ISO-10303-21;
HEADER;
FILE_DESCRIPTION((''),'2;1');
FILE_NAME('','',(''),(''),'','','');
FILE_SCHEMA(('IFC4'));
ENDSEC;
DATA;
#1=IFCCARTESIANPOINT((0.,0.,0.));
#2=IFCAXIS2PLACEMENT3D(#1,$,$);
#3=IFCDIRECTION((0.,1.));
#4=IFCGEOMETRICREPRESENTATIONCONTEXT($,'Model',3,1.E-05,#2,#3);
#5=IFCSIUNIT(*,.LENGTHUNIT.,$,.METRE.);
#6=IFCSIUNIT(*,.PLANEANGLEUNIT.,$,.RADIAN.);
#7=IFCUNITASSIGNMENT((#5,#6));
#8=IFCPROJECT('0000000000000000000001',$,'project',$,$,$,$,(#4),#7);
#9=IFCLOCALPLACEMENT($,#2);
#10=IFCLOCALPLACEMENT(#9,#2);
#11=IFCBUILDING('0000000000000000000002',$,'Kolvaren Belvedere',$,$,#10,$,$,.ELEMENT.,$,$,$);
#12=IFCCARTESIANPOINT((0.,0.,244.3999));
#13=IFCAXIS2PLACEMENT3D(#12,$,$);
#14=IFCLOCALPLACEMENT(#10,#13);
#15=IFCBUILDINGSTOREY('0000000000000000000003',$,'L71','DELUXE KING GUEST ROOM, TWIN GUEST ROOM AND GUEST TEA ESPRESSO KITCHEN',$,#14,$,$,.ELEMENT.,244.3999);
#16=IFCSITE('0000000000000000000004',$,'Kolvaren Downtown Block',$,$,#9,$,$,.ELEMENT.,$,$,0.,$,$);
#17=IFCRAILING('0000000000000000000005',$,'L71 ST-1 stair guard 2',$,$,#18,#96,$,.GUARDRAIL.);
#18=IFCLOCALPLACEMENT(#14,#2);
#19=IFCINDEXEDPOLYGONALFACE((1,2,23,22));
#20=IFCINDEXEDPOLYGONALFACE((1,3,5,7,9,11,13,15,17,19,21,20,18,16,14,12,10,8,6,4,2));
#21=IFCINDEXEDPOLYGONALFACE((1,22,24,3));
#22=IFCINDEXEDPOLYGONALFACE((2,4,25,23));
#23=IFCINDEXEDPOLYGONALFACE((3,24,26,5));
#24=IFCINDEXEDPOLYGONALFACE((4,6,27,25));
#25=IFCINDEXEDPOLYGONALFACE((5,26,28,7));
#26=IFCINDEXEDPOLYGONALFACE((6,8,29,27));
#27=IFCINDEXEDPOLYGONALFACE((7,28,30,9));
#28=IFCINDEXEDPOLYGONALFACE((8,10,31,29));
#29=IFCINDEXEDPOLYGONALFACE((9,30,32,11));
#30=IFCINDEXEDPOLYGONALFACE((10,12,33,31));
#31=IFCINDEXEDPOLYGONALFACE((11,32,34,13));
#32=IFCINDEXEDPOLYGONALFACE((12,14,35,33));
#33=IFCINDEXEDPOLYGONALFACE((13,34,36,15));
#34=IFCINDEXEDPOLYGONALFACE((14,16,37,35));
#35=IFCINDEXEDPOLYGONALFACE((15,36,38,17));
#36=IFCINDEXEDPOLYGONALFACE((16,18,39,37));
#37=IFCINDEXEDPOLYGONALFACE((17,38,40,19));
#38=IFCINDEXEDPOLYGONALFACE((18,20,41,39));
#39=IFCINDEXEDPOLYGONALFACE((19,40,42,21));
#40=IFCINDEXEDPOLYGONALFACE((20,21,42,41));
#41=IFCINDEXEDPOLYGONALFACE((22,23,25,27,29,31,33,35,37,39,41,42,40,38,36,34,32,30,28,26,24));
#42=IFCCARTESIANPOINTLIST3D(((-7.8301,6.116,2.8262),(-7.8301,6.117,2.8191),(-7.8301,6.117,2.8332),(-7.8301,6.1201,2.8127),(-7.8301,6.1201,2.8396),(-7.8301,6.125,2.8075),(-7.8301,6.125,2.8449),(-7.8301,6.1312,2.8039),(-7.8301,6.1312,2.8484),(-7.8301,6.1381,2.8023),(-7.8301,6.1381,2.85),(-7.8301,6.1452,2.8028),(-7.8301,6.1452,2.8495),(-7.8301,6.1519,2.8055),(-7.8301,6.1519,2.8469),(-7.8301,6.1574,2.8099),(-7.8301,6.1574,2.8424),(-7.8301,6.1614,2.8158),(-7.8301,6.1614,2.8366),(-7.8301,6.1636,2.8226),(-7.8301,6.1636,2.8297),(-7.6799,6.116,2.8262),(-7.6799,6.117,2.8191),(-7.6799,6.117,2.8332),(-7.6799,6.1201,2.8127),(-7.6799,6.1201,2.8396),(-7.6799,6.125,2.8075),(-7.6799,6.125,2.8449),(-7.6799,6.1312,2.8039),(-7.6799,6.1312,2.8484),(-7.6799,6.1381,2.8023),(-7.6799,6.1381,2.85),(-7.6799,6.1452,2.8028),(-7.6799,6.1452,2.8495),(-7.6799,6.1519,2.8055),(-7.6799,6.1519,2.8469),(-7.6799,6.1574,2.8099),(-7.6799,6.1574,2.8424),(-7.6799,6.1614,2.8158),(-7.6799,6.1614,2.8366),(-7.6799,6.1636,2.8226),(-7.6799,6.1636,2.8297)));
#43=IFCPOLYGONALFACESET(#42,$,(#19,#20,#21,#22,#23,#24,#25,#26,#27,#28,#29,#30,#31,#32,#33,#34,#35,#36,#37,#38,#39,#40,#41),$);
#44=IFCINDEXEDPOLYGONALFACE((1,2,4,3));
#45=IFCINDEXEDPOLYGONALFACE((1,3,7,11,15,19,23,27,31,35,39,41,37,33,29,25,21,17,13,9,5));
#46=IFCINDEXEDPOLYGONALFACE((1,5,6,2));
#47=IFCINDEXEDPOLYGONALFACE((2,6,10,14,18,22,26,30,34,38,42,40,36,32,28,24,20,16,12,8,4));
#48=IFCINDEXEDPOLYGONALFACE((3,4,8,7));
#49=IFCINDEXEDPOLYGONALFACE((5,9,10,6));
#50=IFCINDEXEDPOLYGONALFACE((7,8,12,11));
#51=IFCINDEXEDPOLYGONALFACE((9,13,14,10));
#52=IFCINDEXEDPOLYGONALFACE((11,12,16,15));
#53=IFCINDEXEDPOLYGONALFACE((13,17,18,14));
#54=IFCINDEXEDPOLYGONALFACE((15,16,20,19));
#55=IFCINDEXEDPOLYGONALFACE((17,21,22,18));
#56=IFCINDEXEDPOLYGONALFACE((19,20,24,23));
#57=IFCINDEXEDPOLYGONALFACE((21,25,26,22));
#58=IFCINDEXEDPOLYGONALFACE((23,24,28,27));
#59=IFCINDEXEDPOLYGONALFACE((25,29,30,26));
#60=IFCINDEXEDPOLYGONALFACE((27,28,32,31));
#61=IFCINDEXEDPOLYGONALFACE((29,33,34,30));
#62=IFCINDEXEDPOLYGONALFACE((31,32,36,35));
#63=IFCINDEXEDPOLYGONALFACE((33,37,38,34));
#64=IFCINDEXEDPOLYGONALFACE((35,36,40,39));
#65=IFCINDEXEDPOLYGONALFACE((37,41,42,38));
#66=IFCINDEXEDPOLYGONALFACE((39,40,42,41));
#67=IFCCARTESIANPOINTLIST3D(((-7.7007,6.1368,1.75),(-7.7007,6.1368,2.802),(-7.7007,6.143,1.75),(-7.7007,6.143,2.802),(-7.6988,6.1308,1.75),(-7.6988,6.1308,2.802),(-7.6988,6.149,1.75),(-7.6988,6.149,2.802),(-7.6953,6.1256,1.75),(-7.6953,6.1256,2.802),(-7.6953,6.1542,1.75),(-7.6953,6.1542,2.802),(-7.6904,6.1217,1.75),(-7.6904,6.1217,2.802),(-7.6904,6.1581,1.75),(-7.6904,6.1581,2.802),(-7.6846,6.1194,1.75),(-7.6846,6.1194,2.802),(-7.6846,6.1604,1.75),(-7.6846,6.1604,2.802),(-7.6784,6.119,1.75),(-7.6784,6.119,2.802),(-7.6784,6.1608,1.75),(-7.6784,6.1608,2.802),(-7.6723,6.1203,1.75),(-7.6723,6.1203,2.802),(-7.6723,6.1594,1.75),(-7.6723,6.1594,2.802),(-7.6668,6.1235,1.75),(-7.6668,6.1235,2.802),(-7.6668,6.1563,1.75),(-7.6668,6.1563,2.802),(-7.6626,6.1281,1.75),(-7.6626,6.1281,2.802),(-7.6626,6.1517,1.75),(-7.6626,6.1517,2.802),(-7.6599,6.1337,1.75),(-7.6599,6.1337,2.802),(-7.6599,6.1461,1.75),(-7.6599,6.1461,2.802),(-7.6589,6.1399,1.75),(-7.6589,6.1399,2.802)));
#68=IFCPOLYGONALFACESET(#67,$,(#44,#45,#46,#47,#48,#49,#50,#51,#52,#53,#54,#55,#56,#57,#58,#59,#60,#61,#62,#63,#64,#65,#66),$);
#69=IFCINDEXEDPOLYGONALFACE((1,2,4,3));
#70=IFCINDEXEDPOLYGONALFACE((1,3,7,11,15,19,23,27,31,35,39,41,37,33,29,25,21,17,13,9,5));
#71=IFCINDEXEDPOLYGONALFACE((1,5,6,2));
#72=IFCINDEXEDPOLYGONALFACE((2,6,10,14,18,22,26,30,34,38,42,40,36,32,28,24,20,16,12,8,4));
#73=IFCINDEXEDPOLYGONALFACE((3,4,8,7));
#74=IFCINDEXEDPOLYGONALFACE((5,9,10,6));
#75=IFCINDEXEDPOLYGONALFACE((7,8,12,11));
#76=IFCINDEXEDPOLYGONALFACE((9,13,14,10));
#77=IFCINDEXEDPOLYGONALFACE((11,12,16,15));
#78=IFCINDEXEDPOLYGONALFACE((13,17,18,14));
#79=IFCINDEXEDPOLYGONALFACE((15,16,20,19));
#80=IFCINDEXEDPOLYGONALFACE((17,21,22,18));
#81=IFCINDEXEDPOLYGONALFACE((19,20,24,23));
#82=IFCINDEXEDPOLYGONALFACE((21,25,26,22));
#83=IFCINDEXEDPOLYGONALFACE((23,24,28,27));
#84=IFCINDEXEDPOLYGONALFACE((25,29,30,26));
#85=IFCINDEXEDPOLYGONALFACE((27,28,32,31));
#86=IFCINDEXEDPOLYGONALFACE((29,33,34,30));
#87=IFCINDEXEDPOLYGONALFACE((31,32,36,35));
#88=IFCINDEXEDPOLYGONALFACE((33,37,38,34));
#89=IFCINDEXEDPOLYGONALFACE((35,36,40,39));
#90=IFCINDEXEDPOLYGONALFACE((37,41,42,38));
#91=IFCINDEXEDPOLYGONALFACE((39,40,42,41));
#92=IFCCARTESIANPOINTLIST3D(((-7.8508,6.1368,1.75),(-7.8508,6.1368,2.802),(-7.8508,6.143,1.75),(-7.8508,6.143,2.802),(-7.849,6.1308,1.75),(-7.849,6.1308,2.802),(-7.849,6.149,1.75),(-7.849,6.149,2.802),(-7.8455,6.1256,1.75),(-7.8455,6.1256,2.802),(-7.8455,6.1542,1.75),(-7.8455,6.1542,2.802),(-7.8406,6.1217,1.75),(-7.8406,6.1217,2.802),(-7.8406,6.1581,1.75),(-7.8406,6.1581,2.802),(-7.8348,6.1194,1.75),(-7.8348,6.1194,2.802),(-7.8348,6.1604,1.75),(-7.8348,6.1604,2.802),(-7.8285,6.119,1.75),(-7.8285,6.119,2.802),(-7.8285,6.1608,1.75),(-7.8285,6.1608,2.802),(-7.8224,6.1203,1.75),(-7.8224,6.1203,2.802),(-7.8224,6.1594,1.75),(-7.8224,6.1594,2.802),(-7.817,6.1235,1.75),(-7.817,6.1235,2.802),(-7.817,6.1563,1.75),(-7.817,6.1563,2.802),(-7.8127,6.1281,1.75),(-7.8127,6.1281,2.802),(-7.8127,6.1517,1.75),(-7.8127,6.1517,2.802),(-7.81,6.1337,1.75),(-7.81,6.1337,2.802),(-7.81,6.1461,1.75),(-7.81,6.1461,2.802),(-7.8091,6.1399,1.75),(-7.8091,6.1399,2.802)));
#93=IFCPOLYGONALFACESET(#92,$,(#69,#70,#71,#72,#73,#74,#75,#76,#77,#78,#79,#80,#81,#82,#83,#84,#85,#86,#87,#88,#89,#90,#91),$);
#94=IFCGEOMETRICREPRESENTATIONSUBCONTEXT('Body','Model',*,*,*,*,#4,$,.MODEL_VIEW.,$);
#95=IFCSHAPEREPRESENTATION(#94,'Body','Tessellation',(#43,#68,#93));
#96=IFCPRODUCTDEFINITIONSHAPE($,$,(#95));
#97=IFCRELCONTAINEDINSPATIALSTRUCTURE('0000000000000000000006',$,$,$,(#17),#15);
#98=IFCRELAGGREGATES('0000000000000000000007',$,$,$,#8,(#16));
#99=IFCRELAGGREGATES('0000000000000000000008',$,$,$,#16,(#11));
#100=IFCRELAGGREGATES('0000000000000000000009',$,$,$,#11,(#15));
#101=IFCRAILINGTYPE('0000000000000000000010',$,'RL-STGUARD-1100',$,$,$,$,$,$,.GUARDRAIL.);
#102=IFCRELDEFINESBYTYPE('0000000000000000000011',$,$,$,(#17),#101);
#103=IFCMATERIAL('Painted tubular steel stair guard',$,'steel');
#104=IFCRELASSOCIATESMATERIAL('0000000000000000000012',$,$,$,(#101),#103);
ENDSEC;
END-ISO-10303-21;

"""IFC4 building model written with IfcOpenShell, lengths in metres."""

from ifc_helpers import new_model, si_unit, direction, frame, origin, origin_2d, place, context, subcontext, project, spatial, circle, extrude, material, type_object, element, save


model = new_model("IFC4")

# Units and contexts
model_context = context("Model", 3, precision=1e-05, world=origin(), true_north=direction((0.0, 1.0)))
body_context = subcontext(model_context, "Body", "Model", "MODEL_VIEW")
ifc_project = project(units=[si_unit("LENGTHUNIT", "METRE"), si_unit("PLANEANGLEUNIT", "RADIAN")], contexts=[model_context])

# Site, building, storey
site_placement = place(None, origin())
site = spatial("IfcSite", under=ifc_project, at=site_placement, Name="Kolvaren Downtown Block", CompositionType="ELEMENT", RefElevation=0.0)
building_placement = place(site_placement, origin())
building = spatial("IfcBuilding", under=site, at=building_placement, Name="Kolvaren Belvedere", CompositionType="ELEMENT")
storey_placement = place(building_placement, frame((0.0, 0.0, 244.3999)))
storey = spatial("IfcBuildingStorey", under=building, at=storey_placement, Name="L71", Description="DELUXE KING GUEST ROOM, TWIN GUEST ROOM AND GUEST TEA ESPRESSO KITCHEN", CompositionType="ELEMENT", Elevation=244.3999)

# Railing
ifc_material_1 = material(Name="Painted tubular steel stair guard", Category="steel")
railing_type_1 = type_object("IfcRailingType", Name="RL-STGUARD-1100", PredefinedType="GUARDRAIL", material=ifc_material_1)
railing_1_placement = place(storey_placement, frame((-7.6799, 6.1399, 1.75)))
element("IfcRailing", 1, at=railing_1_placement, inside=storey, type_object=railing_type_1, Name="L71 ST-1 stair guard 2", PredefinedType="GUARDRAIL", context=body_context, shape_type="SweptSolid", body=[
    extrude(circle(Radius=0.0239, at=origin_2d()), frame((0.0, 0.0, 1.0762), z_axis=(-1.0, 0.0, 0.0), x_axis=(0.0, -1.0, 0.0)), (0.0, 0.0, 1.0), 0.1501),
    extrude(circle(Radius=0.021, at=origin_2d()), origin(), (0.0, 0.0, 1.0), 1.052),
    extrude(circle(Radius=0.021, at=origin_2d()), frame((-0.1501, 0.0, 0.0)), (0.0, 0.0, 1.0), 1.052),
])

save(model, "model.ifc")
